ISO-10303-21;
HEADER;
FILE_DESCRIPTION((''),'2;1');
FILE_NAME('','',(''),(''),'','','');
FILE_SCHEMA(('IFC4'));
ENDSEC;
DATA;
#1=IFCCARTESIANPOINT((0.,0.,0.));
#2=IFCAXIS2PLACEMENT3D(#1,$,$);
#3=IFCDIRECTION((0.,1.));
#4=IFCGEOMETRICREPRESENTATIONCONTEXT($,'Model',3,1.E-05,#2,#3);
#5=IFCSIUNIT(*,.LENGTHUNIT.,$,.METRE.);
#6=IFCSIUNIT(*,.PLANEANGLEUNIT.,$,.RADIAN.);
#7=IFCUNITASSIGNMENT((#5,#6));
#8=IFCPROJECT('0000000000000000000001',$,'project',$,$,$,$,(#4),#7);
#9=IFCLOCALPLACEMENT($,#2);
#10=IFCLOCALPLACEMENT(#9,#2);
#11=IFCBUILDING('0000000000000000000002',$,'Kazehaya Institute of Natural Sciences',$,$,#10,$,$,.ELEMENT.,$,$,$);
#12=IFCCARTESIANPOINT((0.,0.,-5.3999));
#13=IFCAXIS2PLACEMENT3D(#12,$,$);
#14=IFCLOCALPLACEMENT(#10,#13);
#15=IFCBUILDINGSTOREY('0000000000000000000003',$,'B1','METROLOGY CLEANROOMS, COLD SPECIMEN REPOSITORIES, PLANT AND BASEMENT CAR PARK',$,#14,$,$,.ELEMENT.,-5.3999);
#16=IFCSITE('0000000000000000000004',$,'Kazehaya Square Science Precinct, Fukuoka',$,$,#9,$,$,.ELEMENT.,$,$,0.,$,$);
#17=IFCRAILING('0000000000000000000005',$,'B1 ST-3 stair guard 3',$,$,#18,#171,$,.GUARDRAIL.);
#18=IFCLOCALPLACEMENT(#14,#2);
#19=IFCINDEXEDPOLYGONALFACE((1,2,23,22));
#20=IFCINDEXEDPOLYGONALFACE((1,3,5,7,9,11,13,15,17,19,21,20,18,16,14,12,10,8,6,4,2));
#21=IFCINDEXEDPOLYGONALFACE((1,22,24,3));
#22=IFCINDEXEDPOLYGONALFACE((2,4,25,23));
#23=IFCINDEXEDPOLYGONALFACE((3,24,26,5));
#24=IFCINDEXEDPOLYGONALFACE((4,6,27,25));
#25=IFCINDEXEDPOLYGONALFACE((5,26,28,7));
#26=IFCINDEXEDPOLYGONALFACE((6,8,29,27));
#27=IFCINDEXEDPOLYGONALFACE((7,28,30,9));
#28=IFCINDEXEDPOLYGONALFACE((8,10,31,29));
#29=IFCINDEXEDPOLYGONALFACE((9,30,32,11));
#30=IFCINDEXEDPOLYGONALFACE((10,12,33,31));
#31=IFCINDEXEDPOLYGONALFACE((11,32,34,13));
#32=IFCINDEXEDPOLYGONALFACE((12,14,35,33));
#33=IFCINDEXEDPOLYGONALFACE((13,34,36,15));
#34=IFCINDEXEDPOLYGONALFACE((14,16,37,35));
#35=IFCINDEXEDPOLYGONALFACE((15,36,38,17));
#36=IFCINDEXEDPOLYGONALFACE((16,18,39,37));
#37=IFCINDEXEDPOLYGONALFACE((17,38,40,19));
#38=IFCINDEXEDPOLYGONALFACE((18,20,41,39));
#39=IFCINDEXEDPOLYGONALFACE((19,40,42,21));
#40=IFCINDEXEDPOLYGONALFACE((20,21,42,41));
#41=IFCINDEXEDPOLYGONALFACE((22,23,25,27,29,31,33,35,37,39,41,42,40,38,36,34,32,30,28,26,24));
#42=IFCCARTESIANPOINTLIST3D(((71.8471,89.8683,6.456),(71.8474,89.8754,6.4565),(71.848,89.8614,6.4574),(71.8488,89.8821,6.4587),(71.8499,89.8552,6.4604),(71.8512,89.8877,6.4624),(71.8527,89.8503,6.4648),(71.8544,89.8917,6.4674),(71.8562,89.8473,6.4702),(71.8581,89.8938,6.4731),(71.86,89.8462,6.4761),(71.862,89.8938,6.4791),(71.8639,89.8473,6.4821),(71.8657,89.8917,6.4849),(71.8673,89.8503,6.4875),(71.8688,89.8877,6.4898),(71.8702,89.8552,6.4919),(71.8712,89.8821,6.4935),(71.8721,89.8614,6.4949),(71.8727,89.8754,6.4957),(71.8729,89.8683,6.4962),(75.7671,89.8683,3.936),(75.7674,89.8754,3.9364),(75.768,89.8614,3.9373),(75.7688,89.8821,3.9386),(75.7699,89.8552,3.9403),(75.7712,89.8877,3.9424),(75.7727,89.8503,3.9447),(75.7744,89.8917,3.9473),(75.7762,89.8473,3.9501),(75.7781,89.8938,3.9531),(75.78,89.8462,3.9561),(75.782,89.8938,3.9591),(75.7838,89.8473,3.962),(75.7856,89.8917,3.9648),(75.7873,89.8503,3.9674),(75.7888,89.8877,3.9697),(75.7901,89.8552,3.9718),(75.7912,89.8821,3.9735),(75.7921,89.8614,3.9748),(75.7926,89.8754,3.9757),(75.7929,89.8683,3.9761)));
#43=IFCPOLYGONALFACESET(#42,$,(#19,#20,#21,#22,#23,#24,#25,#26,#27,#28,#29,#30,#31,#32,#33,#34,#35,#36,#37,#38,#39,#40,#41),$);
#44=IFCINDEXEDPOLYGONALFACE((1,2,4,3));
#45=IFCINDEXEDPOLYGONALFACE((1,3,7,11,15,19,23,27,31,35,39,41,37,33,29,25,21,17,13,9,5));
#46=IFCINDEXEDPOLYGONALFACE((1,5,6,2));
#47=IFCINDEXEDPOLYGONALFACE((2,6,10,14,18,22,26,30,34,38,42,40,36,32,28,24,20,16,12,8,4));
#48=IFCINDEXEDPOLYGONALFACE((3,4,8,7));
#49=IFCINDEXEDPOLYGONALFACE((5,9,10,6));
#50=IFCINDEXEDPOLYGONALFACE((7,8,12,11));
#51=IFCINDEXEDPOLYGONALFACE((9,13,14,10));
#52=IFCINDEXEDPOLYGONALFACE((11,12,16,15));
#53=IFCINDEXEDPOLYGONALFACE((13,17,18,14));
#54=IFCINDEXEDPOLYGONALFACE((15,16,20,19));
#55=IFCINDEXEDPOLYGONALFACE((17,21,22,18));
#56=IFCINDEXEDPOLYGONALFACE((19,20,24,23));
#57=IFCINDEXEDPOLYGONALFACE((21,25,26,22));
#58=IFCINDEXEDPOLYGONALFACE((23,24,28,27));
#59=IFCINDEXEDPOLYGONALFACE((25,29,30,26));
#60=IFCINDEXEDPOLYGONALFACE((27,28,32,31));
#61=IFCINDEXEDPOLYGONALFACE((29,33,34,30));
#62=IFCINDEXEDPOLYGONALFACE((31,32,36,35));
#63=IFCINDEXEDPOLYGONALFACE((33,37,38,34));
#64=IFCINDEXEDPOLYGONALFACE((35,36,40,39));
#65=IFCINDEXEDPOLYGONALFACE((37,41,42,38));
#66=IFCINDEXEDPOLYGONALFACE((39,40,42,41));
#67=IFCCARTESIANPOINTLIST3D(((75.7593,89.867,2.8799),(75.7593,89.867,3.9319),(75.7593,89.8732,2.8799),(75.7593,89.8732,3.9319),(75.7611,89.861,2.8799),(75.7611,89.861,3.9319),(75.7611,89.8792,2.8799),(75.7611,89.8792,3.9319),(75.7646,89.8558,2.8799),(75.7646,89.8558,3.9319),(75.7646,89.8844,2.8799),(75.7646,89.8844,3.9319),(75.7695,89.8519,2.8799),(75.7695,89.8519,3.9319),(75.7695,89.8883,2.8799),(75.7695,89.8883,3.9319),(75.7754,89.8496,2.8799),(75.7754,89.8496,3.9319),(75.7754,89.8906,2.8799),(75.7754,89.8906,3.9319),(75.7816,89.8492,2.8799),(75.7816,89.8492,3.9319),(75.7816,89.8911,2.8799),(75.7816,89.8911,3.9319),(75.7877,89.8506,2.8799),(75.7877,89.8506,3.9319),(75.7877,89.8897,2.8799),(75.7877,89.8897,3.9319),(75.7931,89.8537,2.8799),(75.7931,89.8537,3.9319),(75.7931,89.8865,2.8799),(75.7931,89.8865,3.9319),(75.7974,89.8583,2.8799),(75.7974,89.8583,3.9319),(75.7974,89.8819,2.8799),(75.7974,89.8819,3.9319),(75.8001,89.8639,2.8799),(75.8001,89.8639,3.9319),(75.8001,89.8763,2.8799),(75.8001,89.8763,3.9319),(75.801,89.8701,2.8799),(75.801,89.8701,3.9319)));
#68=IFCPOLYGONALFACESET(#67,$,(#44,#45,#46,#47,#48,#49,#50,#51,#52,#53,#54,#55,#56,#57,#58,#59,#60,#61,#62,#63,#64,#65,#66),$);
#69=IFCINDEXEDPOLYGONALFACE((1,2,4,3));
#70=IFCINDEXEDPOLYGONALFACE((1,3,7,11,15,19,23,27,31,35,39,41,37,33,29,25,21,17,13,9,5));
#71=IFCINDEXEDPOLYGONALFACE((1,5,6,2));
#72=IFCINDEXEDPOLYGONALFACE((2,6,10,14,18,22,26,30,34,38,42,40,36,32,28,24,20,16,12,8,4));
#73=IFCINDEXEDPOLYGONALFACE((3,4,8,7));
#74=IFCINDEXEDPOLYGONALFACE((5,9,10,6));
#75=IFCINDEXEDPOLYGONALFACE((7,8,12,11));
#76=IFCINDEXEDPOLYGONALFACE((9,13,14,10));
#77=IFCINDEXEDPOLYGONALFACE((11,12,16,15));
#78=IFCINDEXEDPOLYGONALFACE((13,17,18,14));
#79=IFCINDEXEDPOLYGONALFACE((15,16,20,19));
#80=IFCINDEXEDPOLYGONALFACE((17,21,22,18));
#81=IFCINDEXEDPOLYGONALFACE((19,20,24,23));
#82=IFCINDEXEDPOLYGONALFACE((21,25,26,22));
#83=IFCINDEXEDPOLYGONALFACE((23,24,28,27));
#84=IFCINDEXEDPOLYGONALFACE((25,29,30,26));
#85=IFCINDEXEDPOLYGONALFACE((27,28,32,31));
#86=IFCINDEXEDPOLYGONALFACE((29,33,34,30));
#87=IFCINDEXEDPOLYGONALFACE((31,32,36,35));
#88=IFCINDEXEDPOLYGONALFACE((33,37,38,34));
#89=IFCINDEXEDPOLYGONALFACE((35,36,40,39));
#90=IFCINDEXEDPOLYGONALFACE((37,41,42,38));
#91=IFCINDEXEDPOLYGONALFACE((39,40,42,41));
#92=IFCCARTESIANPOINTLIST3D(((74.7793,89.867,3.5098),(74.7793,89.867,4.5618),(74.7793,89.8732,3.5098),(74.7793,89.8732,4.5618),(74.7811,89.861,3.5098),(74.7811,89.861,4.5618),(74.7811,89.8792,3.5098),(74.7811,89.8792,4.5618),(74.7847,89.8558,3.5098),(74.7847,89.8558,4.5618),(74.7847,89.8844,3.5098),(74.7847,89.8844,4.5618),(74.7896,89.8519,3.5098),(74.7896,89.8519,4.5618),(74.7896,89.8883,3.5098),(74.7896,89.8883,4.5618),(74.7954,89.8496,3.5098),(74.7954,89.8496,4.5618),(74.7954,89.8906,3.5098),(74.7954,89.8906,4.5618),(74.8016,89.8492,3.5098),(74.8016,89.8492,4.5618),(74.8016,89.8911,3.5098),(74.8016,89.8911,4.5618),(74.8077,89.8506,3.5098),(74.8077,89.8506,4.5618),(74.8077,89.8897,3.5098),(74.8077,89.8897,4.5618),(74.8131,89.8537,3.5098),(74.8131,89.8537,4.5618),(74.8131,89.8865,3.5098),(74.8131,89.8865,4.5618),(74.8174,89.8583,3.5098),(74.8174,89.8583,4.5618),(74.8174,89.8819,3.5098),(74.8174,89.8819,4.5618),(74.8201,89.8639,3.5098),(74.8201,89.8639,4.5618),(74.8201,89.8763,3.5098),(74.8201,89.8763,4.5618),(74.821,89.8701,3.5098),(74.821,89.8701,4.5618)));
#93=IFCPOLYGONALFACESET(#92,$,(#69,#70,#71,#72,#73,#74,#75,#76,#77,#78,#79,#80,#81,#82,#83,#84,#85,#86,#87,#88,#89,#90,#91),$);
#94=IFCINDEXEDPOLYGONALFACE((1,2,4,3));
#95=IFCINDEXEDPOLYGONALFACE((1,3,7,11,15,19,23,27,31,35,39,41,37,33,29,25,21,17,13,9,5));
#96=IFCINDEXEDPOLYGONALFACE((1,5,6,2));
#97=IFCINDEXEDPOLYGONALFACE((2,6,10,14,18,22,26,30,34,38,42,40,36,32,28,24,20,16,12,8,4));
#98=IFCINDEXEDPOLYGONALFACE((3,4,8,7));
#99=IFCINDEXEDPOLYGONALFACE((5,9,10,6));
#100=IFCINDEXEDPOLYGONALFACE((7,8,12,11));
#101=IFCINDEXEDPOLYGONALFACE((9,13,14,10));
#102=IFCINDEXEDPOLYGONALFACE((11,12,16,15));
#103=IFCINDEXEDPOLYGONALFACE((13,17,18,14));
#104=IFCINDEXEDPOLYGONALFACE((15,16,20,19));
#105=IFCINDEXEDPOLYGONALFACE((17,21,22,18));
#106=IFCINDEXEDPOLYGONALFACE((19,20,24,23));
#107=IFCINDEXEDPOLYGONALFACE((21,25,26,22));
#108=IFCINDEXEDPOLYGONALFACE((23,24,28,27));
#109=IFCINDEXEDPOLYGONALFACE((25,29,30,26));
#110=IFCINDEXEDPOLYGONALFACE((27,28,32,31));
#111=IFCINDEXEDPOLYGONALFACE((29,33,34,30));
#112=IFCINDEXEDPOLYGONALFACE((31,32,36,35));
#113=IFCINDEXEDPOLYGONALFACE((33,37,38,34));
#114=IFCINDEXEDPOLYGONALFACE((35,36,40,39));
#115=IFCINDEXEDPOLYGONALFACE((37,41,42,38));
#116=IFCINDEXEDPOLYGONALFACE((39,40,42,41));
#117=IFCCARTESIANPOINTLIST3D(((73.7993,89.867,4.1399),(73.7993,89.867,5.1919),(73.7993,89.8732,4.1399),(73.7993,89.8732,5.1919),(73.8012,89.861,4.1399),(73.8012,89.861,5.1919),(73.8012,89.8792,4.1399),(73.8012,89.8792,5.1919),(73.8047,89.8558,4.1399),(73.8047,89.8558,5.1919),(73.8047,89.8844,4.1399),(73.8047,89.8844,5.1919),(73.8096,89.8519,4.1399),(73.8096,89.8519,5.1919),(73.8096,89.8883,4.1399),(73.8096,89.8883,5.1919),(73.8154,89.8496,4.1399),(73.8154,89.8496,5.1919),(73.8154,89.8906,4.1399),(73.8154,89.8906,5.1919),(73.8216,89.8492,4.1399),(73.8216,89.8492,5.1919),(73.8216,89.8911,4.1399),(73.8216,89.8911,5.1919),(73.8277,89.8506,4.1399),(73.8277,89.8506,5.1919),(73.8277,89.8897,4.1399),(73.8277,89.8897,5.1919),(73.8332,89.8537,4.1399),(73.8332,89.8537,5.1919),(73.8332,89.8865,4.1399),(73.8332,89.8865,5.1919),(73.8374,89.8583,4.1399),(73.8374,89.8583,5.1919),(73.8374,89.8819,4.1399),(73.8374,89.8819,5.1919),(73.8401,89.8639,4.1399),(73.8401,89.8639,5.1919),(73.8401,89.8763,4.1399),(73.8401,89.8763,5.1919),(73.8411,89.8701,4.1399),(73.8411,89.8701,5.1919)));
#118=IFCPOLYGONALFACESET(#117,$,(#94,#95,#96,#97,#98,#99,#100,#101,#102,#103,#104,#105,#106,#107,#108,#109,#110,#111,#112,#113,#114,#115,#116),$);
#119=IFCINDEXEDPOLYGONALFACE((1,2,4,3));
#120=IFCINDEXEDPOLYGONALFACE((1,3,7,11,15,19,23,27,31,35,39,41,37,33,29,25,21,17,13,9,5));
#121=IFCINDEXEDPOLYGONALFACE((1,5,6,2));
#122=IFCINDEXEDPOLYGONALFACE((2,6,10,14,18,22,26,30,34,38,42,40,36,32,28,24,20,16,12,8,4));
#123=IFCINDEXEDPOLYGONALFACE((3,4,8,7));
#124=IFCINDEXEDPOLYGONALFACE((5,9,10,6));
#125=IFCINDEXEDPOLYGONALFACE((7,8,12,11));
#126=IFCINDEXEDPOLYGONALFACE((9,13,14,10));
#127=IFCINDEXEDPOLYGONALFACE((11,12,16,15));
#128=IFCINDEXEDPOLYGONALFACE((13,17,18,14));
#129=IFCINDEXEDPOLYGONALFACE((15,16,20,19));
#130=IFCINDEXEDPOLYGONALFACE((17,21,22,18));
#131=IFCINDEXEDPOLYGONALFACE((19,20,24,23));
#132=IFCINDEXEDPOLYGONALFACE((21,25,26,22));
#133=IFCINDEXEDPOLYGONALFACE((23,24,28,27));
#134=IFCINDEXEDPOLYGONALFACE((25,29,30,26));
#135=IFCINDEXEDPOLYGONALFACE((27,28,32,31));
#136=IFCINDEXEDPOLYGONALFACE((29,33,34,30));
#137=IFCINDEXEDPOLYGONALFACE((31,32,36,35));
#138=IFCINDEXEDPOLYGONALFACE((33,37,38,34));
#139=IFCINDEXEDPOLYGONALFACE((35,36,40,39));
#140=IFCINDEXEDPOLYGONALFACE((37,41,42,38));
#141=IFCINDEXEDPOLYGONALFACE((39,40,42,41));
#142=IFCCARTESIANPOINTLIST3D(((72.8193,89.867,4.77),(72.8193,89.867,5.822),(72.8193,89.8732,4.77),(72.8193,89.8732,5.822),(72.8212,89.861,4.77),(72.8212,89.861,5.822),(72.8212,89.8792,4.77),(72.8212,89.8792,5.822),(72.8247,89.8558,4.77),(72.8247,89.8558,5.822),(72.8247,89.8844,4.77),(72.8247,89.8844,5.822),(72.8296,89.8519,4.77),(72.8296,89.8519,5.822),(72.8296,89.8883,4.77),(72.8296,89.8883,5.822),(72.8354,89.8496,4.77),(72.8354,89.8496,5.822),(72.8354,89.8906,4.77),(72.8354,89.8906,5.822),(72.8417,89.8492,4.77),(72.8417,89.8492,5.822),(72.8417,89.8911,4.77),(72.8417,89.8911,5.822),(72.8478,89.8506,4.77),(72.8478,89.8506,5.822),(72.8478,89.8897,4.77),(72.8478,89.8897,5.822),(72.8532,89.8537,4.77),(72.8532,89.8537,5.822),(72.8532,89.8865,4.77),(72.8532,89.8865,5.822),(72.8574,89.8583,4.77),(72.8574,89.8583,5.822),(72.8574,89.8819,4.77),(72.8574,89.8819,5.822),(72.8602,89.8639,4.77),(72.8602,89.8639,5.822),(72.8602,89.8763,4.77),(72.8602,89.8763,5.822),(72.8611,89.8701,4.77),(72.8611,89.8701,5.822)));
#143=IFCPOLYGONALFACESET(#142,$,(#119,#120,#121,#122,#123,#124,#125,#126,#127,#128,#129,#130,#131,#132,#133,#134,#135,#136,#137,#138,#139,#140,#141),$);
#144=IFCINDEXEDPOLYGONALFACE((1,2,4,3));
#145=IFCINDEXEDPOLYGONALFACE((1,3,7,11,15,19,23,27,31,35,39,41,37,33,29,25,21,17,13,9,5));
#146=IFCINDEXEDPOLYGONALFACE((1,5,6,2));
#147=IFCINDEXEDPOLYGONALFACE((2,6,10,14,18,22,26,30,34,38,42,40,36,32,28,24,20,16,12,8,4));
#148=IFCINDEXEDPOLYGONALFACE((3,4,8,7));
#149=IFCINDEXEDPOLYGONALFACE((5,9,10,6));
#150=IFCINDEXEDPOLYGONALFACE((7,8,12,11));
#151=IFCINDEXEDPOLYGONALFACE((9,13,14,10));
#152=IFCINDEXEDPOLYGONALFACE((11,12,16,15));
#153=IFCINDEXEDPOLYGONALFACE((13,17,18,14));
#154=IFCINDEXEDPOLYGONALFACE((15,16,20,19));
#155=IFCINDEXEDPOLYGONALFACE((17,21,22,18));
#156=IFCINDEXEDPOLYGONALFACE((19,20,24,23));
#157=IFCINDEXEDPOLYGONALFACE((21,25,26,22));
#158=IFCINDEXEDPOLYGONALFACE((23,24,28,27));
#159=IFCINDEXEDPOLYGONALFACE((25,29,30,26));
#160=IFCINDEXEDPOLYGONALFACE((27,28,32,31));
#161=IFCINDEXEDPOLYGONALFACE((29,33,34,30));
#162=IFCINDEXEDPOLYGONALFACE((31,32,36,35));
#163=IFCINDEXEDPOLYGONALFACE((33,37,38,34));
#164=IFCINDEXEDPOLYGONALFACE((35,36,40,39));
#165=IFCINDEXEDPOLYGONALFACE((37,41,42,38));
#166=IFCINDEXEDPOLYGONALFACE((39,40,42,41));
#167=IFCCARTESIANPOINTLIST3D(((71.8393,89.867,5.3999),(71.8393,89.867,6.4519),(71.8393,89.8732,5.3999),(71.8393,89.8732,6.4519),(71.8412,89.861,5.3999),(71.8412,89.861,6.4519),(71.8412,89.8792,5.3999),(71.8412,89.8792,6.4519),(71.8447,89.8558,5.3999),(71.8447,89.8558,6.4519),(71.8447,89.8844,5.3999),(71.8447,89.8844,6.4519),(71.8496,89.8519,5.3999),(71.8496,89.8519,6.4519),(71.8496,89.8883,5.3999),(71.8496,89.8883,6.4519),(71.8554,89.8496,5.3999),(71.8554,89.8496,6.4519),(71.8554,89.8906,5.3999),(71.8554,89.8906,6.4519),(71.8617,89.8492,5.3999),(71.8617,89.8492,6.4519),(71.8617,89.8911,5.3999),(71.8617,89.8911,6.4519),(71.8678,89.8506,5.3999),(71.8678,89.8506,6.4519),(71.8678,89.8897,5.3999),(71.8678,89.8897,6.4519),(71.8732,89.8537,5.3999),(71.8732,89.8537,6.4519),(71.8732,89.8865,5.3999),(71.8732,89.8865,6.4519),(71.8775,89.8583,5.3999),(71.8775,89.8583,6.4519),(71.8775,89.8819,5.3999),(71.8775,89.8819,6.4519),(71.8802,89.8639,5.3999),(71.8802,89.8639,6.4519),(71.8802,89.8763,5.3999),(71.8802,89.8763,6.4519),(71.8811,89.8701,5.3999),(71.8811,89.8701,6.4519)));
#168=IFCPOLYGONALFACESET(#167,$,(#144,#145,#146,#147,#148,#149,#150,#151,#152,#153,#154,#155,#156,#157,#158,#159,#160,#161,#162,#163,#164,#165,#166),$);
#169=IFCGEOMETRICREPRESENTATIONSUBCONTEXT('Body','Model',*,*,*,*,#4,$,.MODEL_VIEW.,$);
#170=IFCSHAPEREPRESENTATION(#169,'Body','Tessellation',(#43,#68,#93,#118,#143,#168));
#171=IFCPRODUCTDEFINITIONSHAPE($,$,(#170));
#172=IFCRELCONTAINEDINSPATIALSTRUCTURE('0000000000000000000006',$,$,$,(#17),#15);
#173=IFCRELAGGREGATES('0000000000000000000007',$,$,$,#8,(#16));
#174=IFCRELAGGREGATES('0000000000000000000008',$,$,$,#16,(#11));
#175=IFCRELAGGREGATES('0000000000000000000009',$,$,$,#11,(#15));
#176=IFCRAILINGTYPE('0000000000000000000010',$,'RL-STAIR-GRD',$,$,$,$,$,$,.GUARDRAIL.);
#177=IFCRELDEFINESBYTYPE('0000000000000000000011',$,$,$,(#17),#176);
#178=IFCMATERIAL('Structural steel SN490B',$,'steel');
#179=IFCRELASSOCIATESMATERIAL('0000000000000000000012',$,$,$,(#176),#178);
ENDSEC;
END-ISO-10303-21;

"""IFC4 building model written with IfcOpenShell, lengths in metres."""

from ifc_helpers import new_model, si_unit, direction, frame, origin, origin_2d, place, context, subcontext, project, spatial, circle, extrude, material, type_object, element, save


model = new_model("IFC4")

# Units and contexts
model_context = context("Model", 3, precision=1e-05, world=origin(), true_north=direction((0.0, 1.0)))
body_context = subcontext(model_context, "Body", "Model", "MODEL_VIEW")
ifc_project = project(units=[si_unit("LENGTHUNIT", "METRE"), si_unit("PLANEANGLEUNIT", "RADIAN")], contexts=[model_context])

# Site, building, storey
site_placement = place(None, origin())
site = spatial("IfcSite", under=ifc_project, at=site_placement, Name="Kazehaya Square Science Precinct, Fukuoka", CompositionType="ELEMENT", RefElevation=0.0)
building_placement = place(site_placement, origin())
building = spatial("IfcBuilding", under=site, at=building_placement, Name="Kazehaya Institute of Natural Sciences", CompositionType="ELEMENT")
storey_placement = place(building_placement, frame((0.0, 0.0, -5.3999)))
storey = spatial("IfcBuildingStorey", under=building, at=storey_placement, Name="B1", Description="METROLOGY CLEANROOMS, COLD SPECIMEN REPOSITORIES, PLANT AND BASEMENT CAR PARK", CompositionType="ELEMENT", Elevation=-5.3999)

# Railing
ifc_material_1 = material(Name="Structural steel SN490B", Category="steel")
railing_type_1 = type_object("IfcRailingType", Name="RL-STAIR-GRD", PredefinedType="GUARDRAIL", material=ifc_material_1)
railing_1_placement = place(storey_placement, frame((75.78, 89.8701, 2.8799)))
element("IfcRailing", 1, at=railing_1_placement, inside=storey, type_object=railing_type_1, Name="B1 ST-3 stair guard 3", PredefinedType="GUARDRAIL", context=body_context, shape_type="SweptSolid", body=[
    extrude(circle(Radius=0.0239, at=origin_2d()), frame((0.0, 0.0, 1.0762), z_axis=(-0.841172, 0.0, 0.540768), x_axis=(0.0, -1.0, 0.0)), (0.0, 0.0, 1.0), 4.6602),
    extrude(circle(Radius=0.021, at=origin_2d()), origin(), (0.0, 0.0, 1.0), 1.052),
    extrude(circle(Radius=0.021, at=origin_2d()), frame((-0.98, 0.0, 0.6299)), (0.0, 0.0, 1.0), 1.052),
    extrude(circle(Radius=0.021, at=origin_2d()), frame((-1.96, 0.0, 1.26)), (0.0, 0.0, 1.0), 1.052),
    extrude(circle(Radius=0.021, at=origin_2d()), frame((-2.9399, 0.0, 1.8901)), (0.0, 0.0, 1.0), 1.052),
    extrude(circle(Radius=0.021, at=origin_2d()), frame((-3.9199, 0.0, 2.52)), (0.0, 0.0, 1.0), 1.052),
])

save(model, "model.ifc")
